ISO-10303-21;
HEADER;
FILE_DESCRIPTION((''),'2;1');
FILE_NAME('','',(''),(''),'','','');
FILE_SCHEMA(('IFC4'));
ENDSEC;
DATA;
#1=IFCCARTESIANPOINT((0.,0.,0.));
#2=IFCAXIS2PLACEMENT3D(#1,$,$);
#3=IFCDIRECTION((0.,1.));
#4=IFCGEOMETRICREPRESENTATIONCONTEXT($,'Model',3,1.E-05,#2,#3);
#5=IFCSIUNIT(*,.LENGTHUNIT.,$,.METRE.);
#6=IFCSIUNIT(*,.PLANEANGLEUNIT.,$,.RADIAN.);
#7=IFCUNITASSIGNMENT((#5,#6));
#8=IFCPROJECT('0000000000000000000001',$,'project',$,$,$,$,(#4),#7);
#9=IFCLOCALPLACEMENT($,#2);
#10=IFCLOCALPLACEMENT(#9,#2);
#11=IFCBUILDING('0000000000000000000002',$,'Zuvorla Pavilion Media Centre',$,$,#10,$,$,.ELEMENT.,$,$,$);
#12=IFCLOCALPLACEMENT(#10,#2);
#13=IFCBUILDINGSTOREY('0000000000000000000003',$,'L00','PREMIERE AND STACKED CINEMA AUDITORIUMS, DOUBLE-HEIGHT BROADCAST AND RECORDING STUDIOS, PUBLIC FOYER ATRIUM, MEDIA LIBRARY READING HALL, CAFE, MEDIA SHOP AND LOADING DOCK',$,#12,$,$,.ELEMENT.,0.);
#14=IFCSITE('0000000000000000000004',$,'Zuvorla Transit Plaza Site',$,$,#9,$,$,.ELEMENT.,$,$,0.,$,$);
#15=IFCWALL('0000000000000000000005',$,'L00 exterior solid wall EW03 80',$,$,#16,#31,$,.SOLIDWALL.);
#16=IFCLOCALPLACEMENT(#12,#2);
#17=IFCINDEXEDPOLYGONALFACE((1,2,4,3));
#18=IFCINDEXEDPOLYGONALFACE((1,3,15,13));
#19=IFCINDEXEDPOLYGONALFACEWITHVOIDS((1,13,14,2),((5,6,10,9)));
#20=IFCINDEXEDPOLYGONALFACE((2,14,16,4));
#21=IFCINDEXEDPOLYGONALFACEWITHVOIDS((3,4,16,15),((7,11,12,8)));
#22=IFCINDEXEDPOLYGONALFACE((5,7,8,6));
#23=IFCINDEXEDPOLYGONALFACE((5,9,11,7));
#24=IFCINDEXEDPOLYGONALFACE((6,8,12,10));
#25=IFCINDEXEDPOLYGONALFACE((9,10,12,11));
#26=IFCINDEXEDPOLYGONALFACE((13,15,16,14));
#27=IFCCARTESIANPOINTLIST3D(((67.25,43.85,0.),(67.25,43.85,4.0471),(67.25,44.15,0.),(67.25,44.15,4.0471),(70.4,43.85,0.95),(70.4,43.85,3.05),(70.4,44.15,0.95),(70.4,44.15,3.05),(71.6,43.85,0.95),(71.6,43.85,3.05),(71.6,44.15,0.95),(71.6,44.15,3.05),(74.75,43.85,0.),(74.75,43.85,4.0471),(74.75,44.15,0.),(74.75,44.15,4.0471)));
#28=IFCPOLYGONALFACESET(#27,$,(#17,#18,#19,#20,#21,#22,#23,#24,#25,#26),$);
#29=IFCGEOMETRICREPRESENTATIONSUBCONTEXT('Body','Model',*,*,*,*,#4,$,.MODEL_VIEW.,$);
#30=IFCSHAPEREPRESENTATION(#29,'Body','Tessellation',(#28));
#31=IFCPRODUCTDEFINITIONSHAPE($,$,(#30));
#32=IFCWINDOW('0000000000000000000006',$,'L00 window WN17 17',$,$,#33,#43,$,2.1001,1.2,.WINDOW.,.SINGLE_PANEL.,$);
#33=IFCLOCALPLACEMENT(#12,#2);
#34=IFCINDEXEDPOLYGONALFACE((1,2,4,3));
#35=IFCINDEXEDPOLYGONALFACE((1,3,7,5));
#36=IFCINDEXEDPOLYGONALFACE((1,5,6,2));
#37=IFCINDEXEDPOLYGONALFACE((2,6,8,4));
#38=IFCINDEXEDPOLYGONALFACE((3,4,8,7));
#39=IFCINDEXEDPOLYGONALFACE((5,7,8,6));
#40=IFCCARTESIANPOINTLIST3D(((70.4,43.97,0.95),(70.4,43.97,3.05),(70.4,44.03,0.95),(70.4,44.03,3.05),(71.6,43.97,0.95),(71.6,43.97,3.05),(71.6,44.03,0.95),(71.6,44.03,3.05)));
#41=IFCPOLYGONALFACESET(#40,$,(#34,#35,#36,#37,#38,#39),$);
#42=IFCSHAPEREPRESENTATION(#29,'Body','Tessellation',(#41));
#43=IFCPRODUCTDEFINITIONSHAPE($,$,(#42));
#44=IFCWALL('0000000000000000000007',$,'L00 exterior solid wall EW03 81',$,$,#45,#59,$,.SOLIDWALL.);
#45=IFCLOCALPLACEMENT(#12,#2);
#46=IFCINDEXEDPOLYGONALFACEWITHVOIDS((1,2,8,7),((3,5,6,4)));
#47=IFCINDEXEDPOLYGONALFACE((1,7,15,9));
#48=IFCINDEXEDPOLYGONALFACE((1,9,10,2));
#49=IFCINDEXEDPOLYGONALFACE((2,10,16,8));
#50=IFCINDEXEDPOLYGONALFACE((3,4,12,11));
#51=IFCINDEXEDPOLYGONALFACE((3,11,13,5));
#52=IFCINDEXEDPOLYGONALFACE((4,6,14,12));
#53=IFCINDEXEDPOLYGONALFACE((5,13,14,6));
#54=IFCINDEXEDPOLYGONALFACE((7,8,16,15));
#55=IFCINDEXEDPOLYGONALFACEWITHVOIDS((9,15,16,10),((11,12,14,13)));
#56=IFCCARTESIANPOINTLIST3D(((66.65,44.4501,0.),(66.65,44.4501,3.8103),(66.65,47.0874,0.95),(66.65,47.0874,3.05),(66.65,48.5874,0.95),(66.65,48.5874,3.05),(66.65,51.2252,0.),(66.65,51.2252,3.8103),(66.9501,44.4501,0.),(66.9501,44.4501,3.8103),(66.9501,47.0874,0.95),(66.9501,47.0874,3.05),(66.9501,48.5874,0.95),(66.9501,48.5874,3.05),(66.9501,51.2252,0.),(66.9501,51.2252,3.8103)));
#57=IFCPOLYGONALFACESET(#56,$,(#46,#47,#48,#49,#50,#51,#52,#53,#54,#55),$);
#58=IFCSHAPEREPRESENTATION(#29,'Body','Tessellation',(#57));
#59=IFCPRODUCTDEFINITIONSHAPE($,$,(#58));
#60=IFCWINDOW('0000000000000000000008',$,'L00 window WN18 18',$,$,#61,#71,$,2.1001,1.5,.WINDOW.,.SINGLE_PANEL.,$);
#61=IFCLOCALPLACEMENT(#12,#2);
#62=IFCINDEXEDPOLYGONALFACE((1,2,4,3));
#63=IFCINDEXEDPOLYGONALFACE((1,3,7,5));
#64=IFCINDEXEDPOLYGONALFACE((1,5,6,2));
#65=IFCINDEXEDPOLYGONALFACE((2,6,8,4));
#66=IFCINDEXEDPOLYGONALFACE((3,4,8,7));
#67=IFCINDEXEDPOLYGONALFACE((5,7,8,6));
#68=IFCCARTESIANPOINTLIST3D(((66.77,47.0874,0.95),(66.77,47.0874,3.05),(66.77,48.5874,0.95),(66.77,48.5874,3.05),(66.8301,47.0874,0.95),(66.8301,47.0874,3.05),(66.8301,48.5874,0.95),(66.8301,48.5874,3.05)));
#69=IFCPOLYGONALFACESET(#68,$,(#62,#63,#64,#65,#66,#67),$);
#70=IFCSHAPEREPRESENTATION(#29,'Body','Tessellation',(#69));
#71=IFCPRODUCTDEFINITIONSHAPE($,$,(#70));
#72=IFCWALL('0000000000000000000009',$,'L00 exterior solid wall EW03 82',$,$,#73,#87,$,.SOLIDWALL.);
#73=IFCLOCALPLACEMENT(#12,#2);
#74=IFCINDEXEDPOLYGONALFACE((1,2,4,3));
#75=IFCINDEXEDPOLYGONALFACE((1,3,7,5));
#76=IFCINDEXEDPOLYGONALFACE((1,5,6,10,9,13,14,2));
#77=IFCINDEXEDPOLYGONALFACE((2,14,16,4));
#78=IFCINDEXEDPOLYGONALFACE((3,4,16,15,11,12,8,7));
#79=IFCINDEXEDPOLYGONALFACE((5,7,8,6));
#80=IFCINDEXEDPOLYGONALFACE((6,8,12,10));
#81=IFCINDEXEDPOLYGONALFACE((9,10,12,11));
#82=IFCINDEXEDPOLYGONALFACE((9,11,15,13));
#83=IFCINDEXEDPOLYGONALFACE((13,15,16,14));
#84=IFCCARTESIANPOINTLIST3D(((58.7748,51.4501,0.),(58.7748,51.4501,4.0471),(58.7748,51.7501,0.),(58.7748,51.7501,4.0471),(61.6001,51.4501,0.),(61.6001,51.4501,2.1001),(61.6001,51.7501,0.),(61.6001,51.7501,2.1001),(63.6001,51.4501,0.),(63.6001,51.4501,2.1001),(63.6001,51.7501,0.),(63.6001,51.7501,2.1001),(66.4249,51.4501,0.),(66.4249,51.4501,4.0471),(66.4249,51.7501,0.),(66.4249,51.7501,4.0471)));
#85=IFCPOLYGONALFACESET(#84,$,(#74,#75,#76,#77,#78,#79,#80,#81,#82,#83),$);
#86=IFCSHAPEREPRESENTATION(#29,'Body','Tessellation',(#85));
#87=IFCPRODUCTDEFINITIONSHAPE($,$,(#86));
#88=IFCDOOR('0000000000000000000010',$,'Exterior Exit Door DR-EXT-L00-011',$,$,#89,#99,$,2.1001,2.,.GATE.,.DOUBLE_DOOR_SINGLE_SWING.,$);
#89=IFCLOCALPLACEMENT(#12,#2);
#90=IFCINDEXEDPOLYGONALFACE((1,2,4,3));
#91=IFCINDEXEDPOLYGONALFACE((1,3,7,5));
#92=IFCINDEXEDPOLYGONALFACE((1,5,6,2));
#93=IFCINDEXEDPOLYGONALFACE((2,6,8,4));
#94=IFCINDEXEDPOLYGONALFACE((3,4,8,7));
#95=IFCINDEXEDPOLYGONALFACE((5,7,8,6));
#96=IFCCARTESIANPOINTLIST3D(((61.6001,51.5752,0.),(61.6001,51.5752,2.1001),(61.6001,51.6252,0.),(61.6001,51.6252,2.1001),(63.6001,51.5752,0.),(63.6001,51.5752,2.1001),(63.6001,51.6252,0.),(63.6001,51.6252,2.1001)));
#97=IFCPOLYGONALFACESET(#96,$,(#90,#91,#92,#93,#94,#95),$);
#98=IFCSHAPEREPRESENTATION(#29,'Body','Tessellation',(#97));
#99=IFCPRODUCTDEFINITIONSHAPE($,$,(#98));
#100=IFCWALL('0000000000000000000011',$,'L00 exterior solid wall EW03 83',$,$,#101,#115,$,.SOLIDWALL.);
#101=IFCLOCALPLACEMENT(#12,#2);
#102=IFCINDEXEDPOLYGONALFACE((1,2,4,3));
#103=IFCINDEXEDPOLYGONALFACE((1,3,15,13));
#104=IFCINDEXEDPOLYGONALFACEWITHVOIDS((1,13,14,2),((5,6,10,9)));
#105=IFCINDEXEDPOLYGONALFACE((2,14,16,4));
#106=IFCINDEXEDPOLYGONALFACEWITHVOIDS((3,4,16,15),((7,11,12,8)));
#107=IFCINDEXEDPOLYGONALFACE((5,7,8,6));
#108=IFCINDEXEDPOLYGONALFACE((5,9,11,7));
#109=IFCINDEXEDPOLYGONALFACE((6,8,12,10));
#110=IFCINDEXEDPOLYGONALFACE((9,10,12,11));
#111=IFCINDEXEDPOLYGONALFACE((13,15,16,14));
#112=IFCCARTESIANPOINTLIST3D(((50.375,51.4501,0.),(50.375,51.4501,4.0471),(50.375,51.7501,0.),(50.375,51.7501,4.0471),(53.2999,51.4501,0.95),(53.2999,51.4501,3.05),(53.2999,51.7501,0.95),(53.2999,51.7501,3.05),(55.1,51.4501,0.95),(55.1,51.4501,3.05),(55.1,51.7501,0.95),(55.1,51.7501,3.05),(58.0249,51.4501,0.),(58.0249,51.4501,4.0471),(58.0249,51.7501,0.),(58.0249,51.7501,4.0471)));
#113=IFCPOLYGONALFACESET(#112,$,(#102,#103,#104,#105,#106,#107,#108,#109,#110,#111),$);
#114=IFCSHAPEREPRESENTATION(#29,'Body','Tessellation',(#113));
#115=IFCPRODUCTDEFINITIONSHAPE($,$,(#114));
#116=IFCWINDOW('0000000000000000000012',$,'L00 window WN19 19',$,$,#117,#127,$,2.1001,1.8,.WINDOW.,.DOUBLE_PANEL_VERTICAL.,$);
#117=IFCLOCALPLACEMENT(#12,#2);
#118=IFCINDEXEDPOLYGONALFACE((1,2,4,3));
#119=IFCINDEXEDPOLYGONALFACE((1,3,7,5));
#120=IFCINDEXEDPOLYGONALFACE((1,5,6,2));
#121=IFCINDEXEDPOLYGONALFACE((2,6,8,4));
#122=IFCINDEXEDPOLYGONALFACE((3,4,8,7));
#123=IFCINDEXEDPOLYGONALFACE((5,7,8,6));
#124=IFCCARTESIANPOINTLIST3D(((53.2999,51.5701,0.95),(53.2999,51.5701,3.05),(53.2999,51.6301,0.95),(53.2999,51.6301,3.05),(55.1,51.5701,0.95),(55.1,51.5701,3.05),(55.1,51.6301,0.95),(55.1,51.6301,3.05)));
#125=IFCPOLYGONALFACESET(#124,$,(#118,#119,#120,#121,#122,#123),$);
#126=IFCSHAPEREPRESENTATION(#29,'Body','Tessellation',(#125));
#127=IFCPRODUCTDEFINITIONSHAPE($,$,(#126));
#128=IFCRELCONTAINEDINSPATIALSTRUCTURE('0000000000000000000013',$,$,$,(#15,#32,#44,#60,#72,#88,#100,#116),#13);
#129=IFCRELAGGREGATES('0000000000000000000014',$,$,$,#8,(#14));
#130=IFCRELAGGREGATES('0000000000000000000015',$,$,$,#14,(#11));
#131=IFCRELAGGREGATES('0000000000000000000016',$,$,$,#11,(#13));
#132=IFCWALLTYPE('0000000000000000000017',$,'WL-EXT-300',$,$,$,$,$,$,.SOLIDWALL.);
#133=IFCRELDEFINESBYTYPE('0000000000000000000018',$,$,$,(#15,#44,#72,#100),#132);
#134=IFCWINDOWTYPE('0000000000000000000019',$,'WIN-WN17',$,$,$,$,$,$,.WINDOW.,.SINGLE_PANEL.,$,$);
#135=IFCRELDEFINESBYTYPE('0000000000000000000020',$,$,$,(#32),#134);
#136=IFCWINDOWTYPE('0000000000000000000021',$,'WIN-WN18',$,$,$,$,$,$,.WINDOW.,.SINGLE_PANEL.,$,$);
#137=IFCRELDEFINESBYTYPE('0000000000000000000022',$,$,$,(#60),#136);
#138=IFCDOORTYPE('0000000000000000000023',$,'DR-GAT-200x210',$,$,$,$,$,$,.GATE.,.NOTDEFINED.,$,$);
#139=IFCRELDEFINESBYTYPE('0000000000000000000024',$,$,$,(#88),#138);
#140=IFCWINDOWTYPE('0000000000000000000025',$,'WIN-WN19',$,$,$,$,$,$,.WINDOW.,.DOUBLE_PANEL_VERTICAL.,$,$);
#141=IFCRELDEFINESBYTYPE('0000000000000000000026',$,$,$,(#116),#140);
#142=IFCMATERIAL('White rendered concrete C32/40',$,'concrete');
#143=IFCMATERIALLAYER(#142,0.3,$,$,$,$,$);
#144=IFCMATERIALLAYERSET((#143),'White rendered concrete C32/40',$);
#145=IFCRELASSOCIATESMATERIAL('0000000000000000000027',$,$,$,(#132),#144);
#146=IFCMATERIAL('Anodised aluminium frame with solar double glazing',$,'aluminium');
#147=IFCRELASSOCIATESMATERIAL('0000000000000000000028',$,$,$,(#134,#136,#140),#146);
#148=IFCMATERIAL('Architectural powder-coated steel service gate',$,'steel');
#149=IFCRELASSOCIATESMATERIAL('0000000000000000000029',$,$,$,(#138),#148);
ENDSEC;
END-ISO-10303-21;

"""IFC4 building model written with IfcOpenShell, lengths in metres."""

from ifc_helpers import new_model, si_unit, direction, frame, frame_2d, origin, place, context, subcontext, project, spatial, rectangle, extrude, material, layer, layer_set, type_object, element, fill, save


model = new_model("IFC4")

# Units and contexts
model_context = context("Model", 3, precision=1e-05, world=origin(), true_north=direction((0.0, 1.0)))
body_context = subcontext(model_context, "Body", "Model", "MODEL_VIEW")
ifc_project = project(units=[si_unit("LENGTHUNIT", "METRE"), si_unit("PLANEANGLEUNIT", "RADIAN")], contexts=[model_context])

# Site, building, storey
site_placement = place(None, origin())
site = spatial("IfcSite", under=ifc_project, at=site_placement, Name="Zuvorla Transit Plaza Site", CompositionType="ELEMENT", RefElevation=0.0)
building_placement = place(site_placement, origin())
building = spatial("IfcBuilding", under=site, at=building_placement, Name="Zuvorla Pavilion Media Centre", CompositionType="ELEMENT")
storey_placement = place(building_placement, origin())
storey = spatial("IfcBuildingStorey", under=building, at=storey_placement, Name="L00", Description="PREMIERE AND STACKED CINEMA AUDITORIUMS, DOUBLE-HEIGHT BROADCAST AND RECORDING STUDIOS, PUBLIC FOYER ATRIUM, MEDIA LIBRARY READING HALL, CAFE, MEDIA SHOP AND LOADING DOCK", CompositionType="ELEMENT", Elevation=0.0)

# Walls, openings, windows
ifc_material_1 = material(Name="White rendered concrete C32/40", Category="concrete")
ifc_layer = layer(ifc_material_1, 0.3)
ifc_layer_set = layer_set([ifc_layer], Name="White rendered concrete C32/40")
wall_type = type_object("IfcWallType", Name="WL-EXT-300", PredefinedType="SOLIDWALL", material=ifc_layer_set)
wall_1_placement = place(storey_placement, frame((74.75, 44.0, 0.0), z_axis=(0.0, 0.0, 1.0), x_axis=(-1.0, 0.0, 0.0)))
wall_1 = element("IfcWall", 1, at=wall_1_placement, inside=storey, type_object=wall_type, Name="L00 exterior solid wall EW03 80", PredefinedType="SOLIDWALL", context=body_context, shape_type="SweptSolid", body=[
    extrude(rectangle(XDim=7.5, YDim=0.3, at=frame_2d((3.75, 0.0))), origin(), (0.0, 0.0, 1.0), 4.0471),
])
opening_1_placement = place(wall_1_placement, frame((3.1499, 0.0, 0.95)))
opening_1 = element("IfcOpeningElement", 2, at=opening_1_placement, cuts=wall_1, PredefinedType="OPENING", context=body_context, shape_type="SweptSolid", body=[
    extrude(rectangle(XDim=1.2, YDim=2.1001, at=frame_2d((0.6001, 1.05))), frame((0.0, 0.1599, 0.0), z_axis=(0.0, -1.0, 0.0), x_axis=(1.0, 0.0, 0.0)), (0.0, 0.0, 1.0), 0.3201),
])
ifc_material_2 = material(Name="Anodised aluminium frame with solar double glazing", Category="aluminium")
window_type_1 = type_object("IfcWindowType", Name="WIN-WN17", PartitioningType="SINGLE_PANEL", PredefinedType="WINDOW", material=ifc_material_2)
window_1_placement = place(opening_1_placement, origin())
window_1 = element("IfcWindow", 3, at=window_1_placement, inside=storey, type_object=window_type_1, Name="L00 window WN17 17", OverallHeight=2.1001, OverallWidth=1.2, PartitioningType="SINGLE_PANEL", PredefinedType="WINDOW", context=body_context, shape_type="SweptSolid", body=[
    extrude(rectangle(XDim=1.2, YDim=2.1001, at=frame_2d((0.6001, 1.05))), frame((0.0, 0.03, 0.0), z_axis=(0.0, -1.0, 0.0), x_axis=(1.0, 0.0, 0.0)), (0.0, 0.0, 1.0), 0.0601),
])
fill(opening_1, window_1)
wall_2_placement = place(storey_placement, frame((66.8, 44.45, 0.0), z_axis=(0.0, 0.0, 1.0), x_axis=(0.0, 1.0, 0.0)))
wall_2 = element("IfcWall", 4, at=wall_2_placement, inside=storey, type_object=wall_type, Name="L00 exterior solid wall EW03 81", PredefinedType="SOLIDWALL", context=body_context, shape_type="SweptSolid", body=[
    extrude(rectangle(XDim=6.7751, YDim=0.3, at=frame_2d((3.3877, 0.0))), origin(), (0.0, 0.0, 1.0), 3.8103),
])
opening_2_placement = place(wall_2_placement, frame((2.6375, 0.0, 0.95)))
opening_2 = element("IfcOpeningElement", 5, at=opening_2_placement, cuts=wall_2, PredefinedType="OPENING", context=body_context, shape_type="SweptSolid", body=[
    extrude(rectangle(XDim=1.5, YDim=2.1001, at=frame_2d((0.75, 1.05))), frame((0.0, 0.1599, 0.0), z_axis=(0.0, -1.0, 0.0), x_axis=(1.0, 0.0, 0.0)), (0.0, 0.0, 1.0), 0.3201),
])
window_type_2 = type_object("IfcWindowType", Name="WIN-WN18", PartitioningType="SINGLE_PANEL", PredefinedType="WINDOW", material=ifc_material_2)
window_2_placement = place(opening_2_placement, origin())
window_2 = element("IfcWindow", 6, at=window_2_placement, inside=storey, type_object=window_type_2, Name="L00 window WN18 18", OverallHeight=2.1001, OverallWidth=1.5, PartitioningType="SINGLE_PANEL", PredefinedType="WINDOW", context=body_context, shape_type="SweptSolid", body=[
    extrude(rectangle(XDim=1.5, YDim=2.1001, at=frame_2d((0.75, 1.05))), frame((0.0, 0.03, 0.0), z_axis=(0.0, -1.0, 0.0), x_axis=(1.0, 0.0, 0.0)), (0.0, 0.0, 1.0), 0.0601),
])
fill(opening_2, window_2)

# Wall, opening, door
wall_3_placement = place(storey_placement, frame((66.425, 51.6001, 0.0), z_axis=(0.0, 0.0, 1.0), x_axis=(-1.0, 0.0, 0.0)))
wall_3 = element("IfcWall", 7, at=wall_3_placement, inside=storey, type_object=wall_type, Name="L00 exterior solid wall EW03 82", PredefinedType="SOLIDWALL", context=body_context, shape_type="SweptSolid", body=[
    extrude(rectangle(XDim=7.6501, YDim=0.3, at=frame_2d((3.8252, 0.0))), origin(), (0.0, 0.0, 1.0), 4.0471),
])
opening_3_placement = place(wall_3_placement, frame((2.825, 0.0, 0.0)))
opening_3 = element("IfcOpeningElement", 8, at=opening_3_placement, cuts=wall_3, PredefinedType="OPENING", context=body_context, shape_type="SweptSolid", body=[
    extrude(rectangle(XDim=2.0, YDim=2.1001, at=frame_2d((1.0, 1.05))), frame((0.0, 0.1599, 0.0), z_axis=(0.0, -1.0, 0.0), x_axis=(1.0, 0.0, 0.0)), (0.0, 0.0, 1.0), 0.3201),
])
ifc_material_3 = material(Name="Architectural powder-coated steel service gate", Category="steel")
door_type = type_object("IfcDoorType", Name="DR-GAT-200x210", OperationType="NOTDEFINED", PredefinedType="GATE", material=ifc_material_3)
door_placement = place(opening_3_placement, origin())
door = element("IfcDoor", 9, at=door_placement, inside=storey, type_object=door_type, Name="Exterior Exit Door DR-EXT-L00-011", OperationType="DOUBLE_DOOR_SINGLE_SWING", OverallHeight=2.1001, OverallWidth=2.0, PredefinedType="GATE", context=body_context, shape_type="SweptSolid", body=[
    extrude(rectangle(XDim=2.0, YDim=2.1001, at=frame_2d((1.0, 1.05))), frame((0.0, 0.0249, 0.0), z_axis=(0.0, -1.0, 0.0), x_axis=(1.0, 0.0, 0.0)), (0.0, 0.0, 1.0), 0.05),
])
fill(opening_3, door)

# Wall, opening, window
wall_4_placement = place(storey_placement, frame((58.0249, 51.6001, 0.0), z_axis=(0.0, 0.0, 1.0), x_axis=(-1.0, 0.0, 0.0)))
wall_4 = element("IfcWall", 10, at=wall_4_placement, inside=storey, type_object=wall_type, Name="L00 exterior solid wall EW03 83", PredefinedType="SOLIDWALL", context=body_context, shape_type="SweptSolid", body=[
    extrude(rectangle(XDim=7.6499, YDim=0.3, at=frame_2d((3.825, 0.0))), origin(), (0.0, 0.0, 1.0), 4.0471),
])
opening_4_placement = place(wall_4_placement, frame((2.925, 0.0, 0.95)))
opening_4 = element("IfcOpeningElement", 11, at=opening_4_placement, cuts=wall_4, PredefinedType="OPENING", context=body_context, shape_type="SweptSolid", body=[
    extrude(rectangle(XDim=1.8, YDim=2.1001, at=frame_2d((0.8999, 1.05))), frame((0.0, 0.1599, 0.0), z_axis=(0.0, -1.0, 0.0), x_axis=(1.0, 0.0, 0.0)), (0.0, 0.0, 1.0), 0.3201),
])
window_type_3 = type_object("IfcWindowType", Name="WIN-WN19", PartitioningType="DOUBLE_PANEL_VERTICAL", PredefinedType="WINDOW", material=ifc_material_2)
window_3_placement = place(opening_4_placement, origin())
window_3 = element("IfcWindow", 12, at=window_3_placement, inside=storey, type_object=window_type_3, Name="L00 window WN19 19", OverallHeight=2.1001, OverallWidth=1.8, PartitioningType="DOUBLE_PANEL_VERTICAL", PredefinedType="WINDOW", context=body_context, shape_type="SweptSolid", body=[
    extrude(rectangle(XDim=1.8, YDim=2.1001, at=frame_2d((0.8999, 1.05))), frame((0.0, 0.03, 0.0), z_axis=(0.0, -1.0, 0.0), x_axis=(1.0, 0.0, 0.0)), (0.0, 0.0, 1.0), 0.0601),
])
fill(opening_4, window_3)

save(model, "model.ifc")
